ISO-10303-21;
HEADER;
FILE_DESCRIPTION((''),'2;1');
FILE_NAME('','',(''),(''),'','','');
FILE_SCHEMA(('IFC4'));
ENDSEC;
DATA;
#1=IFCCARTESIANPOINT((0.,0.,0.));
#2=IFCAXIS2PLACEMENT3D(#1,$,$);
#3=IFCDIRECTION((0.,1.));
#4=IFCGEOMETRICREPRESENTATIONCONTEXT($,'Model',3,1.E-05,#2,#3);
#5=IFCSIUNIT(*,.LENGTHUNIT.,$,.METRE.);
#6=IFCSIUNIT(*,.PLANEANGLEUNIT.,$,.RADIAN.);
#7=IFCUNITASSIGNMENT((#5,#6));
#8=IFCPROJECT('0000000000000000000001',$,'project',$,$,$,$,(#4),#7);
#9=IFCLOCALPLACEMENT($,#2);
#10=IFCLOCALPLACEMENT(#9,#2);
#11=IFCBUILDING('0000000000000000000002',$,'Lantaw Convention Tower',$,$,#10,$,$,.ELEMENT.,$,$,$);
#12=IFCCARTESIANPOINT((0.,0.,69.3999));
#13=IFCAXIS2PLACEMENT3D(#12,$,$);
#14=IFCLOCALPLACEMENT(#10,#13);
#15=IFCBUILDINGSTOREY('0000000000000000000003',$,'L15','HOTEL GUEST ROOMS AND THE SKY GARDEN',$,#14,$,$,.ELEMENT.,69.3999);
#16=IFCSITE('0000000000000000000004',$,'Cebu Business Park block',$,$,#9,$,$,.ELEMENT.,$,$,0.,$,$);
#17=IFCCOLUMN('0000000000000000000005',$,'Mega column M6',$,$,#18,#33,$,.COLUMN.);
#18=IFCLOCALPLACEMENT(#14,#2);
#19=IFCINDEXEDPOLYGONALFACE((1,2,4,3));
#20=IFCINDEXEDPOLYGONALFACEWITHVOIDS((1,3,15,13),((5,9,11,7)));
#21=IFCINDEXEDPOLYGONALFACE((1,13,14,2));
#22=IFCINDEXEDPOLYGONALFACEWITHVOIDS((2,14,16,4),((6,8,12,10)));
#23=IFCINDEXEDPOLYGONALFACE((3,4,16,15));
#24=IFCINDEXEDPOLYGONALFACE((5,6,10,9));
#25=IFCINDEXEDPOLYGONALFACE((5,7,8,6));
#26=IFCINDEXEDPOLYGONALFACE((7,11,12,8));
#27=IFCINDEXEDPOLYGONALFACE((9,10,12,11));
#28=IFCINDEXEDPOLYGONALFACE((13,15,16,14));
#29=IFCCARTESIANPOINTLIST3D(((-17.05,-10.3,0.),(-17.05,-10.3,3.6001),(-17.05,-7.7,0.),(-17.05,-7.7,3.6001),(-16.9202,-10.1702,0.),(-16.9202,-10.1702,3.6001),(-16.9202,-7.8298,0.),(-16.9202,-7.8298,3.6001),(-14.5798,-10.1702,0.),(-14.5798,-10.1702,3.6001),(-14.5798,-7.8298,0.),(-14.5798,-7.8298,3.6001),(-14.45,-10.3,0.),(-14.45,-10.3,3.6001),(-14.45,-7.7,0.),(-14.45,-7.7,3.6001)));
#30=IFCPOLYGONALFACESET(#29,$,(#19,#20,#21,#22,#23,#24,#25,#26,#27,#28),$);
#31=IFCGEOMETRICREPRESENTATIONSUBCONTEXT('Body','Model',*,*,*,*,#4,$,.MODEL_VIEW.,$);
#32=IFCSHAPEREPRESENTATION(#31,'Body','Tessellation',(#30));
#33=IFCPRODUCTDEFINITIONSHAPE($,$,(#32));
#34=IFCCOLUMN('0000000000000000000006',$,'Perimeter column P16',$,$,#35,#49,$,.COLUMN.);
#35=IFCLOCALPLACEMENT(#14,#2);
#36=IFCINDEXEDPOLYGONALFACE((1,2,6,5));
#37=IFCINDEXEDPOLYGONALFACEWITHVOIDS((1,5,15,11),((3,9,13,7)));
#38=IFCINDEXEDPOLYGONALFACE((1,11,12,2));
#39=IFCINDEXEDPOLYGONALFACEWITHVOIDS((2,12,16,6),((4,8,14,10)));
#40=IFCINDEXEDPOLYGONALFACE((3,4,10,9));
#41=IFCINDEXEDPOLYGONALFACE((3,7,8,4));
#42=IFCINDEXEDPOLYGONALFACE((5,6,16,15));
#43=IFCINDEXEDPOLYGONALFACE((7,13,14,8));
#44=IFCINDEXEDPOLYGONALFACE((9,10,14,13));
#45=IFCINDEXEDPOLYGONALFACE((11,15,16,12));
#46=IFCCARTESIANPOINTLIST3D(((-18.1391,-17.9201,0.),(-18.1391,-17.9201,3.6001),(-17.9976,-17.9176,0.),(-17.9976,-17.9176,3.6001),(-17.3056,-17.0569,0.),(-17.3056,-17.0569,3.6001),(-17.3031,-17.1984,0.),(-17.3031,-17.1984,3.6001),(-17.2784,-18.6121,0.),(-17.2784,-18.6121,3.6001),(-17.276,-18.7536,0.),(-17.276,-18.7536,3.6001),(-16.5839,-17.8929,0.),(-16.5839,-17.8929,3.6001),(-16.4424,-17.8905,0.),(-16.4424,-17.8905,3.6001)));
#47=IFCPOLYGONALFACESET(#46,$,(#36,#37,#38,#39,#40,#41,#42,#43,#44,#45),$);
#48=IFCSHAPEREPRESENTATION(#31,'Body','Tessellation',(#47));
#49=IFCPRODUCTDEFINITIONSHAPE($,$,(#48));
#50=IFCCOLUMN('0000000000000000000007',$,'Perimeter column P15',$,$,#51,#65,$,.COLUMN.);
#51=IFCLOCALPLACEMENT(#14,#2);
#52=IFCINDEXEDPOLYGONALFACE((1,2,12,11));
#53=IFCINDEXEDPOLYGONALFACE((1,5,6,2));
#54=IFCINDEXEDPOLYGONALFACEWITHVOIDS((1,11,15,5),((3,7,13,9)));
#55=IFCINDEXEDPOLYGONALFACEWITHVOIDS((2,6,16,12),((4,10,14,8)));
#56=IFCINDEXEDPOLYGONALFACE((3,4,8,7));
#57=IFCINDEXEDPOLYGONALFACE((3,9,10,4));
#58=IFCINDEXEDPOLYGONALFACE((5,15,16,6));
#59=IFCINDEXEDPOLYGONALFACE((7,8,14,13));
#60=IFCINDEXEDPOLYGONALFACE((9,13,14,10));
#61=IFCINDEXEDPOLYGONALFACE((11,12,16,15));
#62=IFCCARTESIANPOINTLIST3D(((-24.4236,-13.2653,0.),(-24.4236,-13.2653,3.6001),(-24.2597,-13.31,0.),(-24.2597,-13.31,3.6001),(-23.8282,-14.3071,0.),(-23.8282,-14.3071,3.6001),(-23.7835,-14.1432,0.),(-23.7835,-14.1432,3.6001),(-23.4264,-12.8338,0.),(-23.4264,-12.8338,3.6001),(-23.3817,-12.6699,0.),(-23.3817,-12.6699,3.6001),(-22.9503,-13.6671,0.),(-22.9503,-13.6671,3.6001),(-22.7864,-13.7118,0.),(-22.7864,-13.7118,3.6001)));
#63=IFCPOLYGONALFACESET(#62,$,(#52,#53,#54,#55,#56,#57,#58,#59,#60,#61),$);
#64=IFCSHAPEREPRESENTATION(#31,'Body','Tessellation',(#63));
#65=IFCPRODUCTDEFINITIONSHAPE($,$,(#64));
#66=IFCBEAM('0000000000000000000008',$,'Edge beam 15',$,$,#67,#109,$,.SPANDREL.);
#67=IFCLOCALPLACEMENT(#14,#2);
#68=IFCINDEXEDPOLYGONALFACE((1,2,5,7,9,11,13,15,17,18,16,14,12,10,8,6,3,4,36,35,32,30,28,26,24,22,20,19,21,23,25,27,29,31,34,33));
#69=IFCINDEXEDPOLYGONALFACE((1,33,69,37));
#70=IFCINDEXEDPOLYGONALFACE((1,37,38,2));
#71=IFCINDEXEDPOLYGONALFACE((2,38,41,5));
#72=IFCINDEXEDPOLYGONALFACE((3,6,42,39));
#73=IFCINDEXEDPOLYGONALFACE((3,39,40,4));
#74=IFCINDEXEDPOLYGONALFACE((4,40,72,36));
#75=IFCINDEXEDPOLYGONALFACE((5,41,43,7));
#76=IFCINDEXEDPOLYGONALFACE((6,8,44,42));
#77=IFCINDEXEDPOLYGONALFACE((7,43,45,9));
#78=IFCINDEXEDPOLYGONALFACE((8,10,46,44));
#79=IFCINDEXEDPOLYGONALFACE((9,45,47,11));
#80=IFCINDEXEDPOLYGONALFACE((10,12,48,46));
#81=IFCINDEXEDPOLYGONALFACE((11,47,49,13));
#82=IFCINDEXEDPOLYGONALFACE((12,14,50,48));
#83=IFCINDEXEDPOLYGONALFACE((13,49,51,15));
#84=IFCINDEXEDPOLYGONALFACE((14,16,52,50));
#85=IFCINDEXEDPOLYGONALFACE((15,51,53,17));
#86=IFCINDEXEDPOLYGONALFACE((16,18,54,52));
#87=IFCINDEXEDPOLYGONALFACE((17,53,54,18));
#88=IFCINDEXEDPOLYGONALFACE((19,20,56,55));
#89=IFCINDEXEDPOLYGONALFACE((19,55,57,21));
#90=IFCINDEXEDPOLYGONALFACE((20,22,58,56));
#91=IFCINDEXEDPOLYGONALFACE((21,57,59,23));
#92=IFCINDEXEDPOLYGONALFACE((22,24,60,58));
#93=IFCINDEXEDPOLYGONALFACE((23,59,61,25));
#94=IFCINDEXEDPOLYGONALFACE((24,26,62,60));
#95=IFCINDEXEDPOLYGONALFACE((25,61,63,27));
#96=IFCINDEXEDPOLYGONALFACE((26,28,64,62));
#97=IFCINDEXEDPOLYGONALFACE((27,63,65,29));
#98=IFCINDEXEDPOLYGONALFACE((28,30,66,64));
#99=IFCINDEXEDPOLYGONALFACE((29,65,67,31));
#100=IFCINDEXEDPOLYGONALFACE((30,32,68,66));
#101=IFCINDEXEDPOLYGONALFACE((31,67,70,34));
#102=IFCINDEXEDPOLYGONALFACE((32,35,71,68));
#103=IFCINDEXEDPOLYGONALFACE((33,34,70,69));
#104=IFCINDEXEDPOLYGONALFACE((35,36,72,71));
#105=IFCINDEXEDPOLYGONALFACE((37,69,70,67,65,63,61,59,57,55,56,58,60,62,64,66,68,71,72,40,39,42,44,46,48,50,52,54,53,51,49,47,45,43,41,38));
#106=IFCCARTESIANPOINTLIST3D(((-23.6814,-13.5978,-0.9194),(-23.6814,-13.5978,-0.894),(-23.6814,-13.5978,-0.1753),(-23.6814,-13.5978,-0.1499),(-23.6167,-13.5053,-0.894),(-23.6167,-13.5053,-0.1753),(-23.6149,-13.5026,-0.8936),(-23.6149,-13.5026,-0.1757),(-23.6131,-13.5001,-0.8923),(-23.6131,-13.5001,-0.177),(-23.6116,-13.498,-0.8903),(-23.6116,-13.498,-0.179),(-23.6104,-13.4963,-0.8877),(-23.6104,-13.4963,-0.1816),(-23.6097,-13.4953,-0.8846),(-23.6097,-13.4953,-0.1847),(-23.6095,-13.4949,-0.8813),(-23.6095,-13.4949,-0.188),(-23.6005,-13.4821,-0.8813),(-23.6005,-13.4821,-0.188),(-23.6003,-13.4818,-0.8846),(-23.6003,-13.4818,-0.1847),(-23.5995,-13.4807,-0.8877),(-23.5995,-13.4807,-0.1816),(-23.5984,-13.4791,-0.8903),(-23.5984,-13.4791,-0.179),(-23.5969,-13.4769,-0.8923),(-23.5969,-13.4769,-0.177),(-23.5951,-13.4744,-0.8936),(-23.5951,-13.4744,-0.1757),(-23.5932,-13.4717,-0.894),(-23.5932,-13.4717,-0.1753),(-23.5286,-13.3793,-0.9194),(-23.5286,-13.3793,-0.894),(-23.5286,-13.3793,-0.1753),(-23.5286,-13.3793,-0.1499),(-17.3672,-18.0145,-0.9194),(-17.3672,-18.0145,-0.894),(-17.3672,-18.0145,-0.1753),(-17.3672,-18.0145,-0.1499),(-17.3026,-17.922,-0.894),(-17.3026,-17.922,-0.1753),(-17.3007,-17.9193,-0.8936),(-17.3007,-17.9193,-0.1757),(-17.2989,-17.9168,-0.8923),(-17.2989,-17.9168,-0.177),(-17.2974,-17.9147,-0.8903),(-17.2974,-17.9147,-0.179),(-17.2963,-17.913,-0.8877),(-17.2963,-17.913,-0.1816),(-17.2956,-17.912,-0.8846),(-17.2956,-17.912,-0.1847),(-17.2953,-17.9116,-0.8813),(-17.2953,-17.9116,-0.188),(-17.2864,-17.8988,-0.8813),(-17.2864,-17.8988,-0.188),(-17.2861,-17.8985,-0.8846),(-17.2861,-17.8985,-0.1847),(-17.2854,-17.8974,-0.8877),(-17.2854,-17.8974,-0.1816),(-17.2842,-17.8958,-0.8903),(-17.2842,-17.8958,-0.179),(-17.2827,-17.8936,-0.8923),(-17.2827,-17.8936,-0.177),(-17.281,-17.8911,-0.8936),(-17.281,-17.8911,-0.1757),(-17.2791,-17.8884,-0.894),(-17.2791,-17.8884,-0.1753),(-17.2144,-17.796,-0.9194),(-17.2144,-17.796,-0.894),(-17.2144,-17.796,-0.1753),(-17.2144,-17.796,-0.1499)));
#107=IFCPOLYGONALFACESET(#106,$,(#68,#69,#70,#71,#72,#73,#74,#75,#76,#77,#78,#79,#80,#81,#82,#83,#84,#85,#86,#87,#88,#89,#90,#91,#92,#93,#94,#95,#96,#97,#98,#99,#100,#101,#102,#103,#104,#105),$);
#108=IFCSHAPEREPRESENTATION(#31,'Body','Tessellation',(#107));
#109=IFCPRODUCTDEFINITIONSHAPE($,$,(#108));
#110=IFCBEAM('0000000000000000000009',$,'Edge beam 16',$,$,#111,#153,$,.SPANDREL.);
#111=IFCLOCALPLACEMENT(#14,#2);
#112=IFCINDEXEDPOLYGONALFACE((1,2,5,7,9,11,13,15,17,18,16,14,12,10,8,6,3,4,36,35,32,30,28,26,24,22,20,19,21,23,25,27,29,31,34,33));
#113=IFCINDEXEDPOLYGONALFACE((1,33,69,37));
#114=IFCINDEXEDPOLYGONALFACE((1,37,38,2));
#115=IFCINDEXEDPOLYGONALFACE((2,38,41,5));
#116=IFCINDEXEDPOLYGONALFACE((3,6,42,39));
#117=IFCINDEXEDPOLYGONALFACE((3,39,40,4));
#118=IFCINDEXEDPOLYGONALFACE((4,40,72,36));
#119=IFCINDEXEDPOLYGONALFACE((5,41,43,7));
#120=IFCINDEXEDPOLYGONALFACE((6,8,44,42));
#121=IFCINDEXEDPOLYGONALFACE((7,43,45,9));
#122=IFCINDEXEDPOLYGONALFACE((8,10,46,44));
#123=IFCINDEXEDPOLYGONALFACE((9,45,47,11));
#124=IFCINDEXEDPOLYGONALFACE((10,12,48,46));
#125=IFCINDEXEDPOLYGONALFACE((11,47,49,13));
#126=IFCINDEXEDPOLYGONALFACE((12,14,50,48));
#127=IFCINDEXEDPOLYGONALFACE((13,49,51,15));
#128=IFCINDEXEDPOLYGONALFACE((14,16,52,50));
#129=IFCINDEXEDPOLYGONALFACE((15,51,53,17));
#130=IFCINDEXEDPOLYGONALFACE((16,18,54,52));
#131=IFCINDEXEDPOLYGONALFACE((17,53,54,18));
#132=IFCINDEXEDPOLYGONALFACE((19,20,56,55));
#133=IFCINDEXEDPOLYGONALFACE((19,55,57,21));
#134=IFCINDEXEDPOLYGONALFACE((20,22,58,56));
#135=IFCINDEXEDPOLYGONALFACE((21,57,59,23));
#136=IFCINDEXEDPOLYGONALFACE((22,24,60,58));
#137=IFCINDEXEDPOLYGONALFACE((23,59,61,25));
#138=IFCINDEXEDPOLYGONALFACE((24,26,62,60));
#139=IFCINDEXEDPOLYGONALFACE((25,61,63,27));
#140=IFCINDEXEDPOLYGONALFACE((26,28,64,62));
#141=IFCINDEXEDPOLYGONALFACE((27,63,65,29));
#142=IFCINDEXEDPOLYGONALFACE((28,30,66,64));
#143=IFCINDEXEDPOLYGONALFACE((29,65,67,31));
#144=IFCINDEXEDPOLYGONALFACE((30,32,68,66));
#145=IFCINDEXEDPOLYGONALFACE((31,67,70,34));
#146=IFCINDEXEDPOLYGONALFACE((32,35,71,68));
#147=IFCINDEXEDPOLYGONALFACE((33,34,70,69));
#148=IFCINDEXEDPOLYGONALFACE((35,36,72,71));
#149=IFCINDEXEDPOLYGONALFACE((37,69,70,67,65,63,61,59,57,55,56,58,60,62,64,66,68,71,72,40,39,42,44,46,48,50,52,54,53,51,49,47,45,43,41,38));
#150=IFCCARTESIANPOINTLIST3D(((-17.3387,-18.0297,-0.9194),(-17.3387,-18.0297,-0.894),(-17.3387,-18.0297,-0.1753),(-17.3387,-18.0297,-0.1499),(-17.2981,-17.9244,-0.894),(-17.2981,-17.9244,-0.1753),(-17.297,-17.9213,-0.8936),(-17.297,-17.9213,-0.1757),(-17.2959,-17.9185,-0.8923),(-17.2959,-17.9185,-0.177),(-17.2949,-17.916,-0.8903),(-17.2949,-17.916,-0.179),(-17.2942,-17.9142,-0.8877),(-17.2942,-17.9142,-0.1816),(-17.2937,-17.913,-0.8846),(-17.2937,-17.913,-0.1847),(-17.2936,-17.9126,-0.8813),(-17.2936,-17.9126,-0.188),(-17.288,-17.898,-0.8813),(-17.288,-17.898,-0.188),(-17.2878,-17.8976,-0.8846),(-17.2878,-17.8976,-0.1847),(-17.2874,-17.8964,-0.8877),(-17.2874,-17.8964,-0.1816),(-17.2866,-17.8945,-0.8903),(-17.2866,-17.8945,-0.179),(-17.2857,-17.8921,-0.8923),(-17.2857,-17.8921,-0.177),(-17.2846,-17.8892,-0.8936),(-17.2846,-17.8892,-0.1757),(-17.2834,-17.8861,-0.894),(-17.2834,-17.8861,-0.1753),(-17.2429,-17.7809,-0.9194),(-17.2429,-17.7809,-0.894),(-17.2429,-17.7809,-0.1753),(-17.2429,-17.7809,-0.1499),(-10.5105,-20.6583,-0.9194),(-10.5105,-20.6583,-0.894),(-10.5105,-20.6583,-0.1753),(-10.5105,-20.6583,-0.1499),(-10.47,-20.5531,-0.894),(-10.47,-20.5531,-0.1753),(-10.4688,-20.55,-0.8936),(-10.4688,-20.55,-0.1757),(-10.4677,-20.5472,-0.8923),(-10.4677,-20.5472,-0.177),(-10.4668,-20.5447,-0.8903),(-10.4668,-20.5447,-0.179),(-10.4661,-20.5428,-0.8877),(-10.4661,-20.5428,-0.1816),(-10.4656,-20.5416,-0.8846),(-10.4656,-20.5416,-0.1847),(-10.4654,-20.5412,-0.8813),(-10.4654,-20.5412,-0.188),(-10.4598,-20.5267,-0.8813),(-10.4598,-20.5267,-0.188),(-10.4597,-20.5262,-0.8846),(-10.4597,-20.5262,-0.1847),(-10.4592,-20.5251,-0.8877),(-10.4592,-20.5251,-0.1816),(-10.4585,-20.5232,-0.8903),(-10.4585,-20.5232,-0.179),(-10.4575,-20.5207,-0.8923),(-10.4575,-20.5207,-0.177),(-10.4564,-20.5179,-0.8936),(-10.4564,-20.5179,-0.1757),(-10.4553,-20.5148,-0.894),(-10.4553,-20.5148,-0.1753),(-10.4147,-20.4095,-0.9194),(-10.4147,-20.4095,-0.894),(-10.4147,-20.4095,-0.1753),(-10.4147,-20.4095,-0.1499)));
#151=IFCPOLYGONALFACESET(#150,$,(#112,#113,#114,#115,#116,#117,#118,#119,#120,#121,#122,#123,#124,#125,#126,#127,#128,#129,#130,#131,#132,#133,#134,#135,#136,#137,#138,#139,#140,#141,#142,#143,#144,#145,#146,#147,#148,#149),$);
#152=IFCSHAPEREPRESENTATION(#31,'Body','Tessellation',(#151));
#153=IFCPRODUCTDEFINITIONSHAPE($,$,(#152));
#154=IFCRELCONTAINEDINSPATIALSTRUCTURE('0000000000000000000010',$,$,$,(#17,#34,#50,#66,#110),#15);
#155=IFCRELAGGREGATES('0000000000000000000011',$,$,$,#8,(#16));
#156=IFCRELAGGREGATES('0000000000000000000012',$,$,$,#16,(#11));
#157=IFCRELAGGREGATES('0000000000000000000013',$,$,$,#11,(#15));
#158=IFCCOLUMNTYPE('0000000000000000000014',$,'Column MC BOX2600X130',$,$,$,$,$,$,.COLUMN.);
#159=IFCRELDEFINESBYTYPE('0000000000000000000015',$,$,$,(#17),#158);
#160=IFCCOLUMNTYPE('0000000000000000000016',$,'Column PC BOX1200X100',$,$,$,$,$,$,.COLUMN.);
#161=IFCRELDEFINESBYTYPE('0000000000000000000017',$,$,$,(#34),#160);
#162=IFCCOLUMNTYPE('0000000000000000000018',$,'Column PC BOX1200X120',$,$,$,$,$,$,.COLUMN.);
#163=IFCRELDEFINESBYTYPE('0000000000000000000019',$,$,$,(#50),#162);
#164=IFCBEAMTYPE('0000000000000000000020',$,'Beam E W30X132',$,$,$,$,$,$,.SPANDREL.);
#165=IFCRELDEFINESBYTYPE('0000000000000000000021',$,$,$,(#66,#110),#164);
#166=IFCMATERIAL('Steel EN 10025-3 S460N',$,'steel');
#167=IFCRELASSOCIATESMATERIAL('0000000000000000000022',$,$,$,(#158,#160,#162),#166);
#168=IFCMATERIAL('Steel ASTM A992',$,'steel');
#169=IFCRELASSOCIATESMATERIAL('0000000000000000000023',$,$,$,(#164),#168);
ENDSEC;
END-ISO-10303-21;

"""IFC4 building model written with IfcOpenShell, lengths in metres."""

from ifc_helpers import new_model, si_unit, direction, frame, origin, origin_2d, place, context, subcontext, project, spatial, rectangle, hollow_rectangle, i_section, extrude, material, material_profile, profile_set, type_object, element, save


model = new_model("IFC4")

# Units and contexts
model_context = context("Model", 3, precision=1e-05, world=origin(), true_north=direction((0.0, 1.0)))
body_context = subcontext(model_context, "Body", "Model", "MODEL_VIEW")
ifc_project = project(units=[si_unit("LENGTHUNIT", "METRE"), si_unit("PLANEANGLEUNIT", "RADIAN")], contexts=[model_context])

# Site, building, storey
site_placement = place(None, origin())
site = spatial("IfcSite", under=ifc_project, at=site_placement, Name="Cebu Business Park block", CompositionType="ELEMENT", RefElevation=0.0)
building_placement = place(site_placement, origin())
building = spatial("IfcBuilding", under=site, at=building_placement, Name="Lantaw Convention Tower", CompositionType="ELEMENT")
storey_placement = place(building_placement, frame((0.0, 0.0, 69.3999)))
storey = spatial("IfcBuildingStorey", under=building, at=storey_placement, Name="L15", Description="HOTEL GUEST ROOMS AND THE SKY GARDEN", CompositionType="ELEMENT", Elevation=69.3999)

# Columns
ifc_material_1 = material(Name="Steel EN 10025-3 S460N", Category="steel")
ifc_material_profile_1 = material_profile(ifc_material_1, hollow_rectangle(XDim=2.6001, YDim=2.6001, WallThickness=0.1299, at=origin_2d()), Name="BOX2600X130")
ifc_material_2 = material(Name="Concrete C60/75", Category="concrete")
ifc_material_profile_2 = material_profile(ifc_material_2, rectangle(XDim=2.3401, YDim=2.3401, at=origin_2d()), Name="Concrete fill of BOX2600X130")
ifc_profile_set_1 = profile_set([ifc_material_profile_1, ifc_material_profile_2], Name="Steel EN 10025-3 S460N")
column_type_1 = type_object("IfcColumnType", Name="Column MC BOX2600X130", PredefinedType="COLUMN", material=ifc_profile_set_1)
column_1_placement = place(storey_placement, frame((-15.75, -9.0, 0.0), z_axis=(0.0, 0.0, 1.0), x_axis=(1.0, 0.0, 0.0)))
element("IfcColumn", 1, at=column_1_placement, inside=storey, type_object=column_type_1, Name="Mega column M6", PredefinedType="COLUMN", context=body_context, shape_type="SweptSolid", body=[
    extrude(hollow_rectangle(XDim=2.6001, YDim=2.6001, WallThickness=0.1299, at=origin_2d()), origin(), (0.0, 0.0, 1.0), 3.6001),
])
ifc_material_profile_3 = material_profile(ifc_material_1, hollow_rectangle(XDim=1.2, YDim=1.2, WallThickness=0.1001, at=origin_2d()), Name="BOX1200X100")
ifc_material_profile_4 = material_profile(ifc_material_2, rectangle(XDim=1.0, YDim=1.0, at=origin_2d()), Name="Concrete fill of BOX1200X100")
ifc_profile_set_2 = profile_set([ifc_material_profile_3, ifc_material_profile_4], Name="Steel EN 10025-3 S460N")
column_type_2 = type_object("IfcColumnType", Name="Column PC BOX1200X100", PredefinedType="COLUMN", material=ifc_profile_set_2)
column_2_placement = place(storey_placement, frame((-17.2908, -17.9053, 0.0), z_axis=(0.0, 0.0, 1.0), x_axis=(0.694658, 0.71934, 0.0)))
element("IfcColumn", 2, at=column_2_placement, inside=storey, type_object=column_type_2, Name="Perimeter column P16", PredefinedType="COLUMN", context=body_context, shape_type="SweptSolid", body=[
    extrude(hollow_rectangle(XDim=1.2, YDim=1.2, WallThickness=0.1001, at=origin_2d()), origin(), (0.0, 0.0, 1.0), 3.6001),
])
ifc_material_profile_5 = material_profile(ifc_material_1, hollow_rectangle(XDim=1.2, YDim=1.2, WallThickness=0.1201, at=origin_2d()), Name="BOX1200X120")
ifc_material_profile_6 = material_profile(ifc_material_2, rectangle(XDim=0.96, YDim=0.96, at=origin_2d()), Name="Concrete fill of BOX1200X120")
ifc_profile_set_3 = profile_set([ifc_material_profile_5, ifc_material_profile_6], Name="Steel EN 10025-3 S460N")
column_type_3 = type_object("IfcColumnType", Name="Column PC BOX1200X120", PredefinedType="COLUMN", material=ifc_profile_set_3)
column_3_placement = place(storey_placement, frame((-23.605, -13.4885, 0.0), z_axis=(0.0, 0.0, 1.0), x_axis=(0.868243, 0.496139, 0.0)))
element("IfcColumn", 3, at=column_3_placement, inside=storey, type_object=column_type_3, Name="Perimeter column P15", PredefinedType="COLUMN", context=body_context, shape_type="SweptSolid", body=[
    extrude(hollow_rectangle(XDim=1.2, YDim=1.2, WallThickness=0.1201, at=origin_2d()), origin(), (0.0, 0.0, 1.0), 3.6001),
])

# Beams
ifc_material_3 = material(Name="Steel ASTM A992", Category="steel")
ifc_material_profile_7 = material_profile(ifc_material_3, i_section(OverallWidth=0.2666, OverallDepth=0.7695, WebThickness=0.0156, FlangeThickness=0.0254, FilletRadius=0.0127, at=origin_2d()), Name="W30X132")
ifc_profile_set_4 = profile_set([ifc_material_profile_7], Name="Steel ASTM A992")
beam_type_1 = type_object("IfcBeamType", Name="Beam E W30X132", PredefinedType="SPANDREL", material=ifc_profile_set_4)
beam_1_placement = place(storey_placement, frame((-23.605, -13.4885, -0.5347), z_axis=(0.819427, -0.573184, 0.0), x_axis=(0.573184, 0.819427, 0.0)))
element("IfcBeam", 4, at=beam_1_placement, inside=storey, type_object=beam_type_1, Name="Edge beam 15", PredefinedType="SPANDREL", context=body_context, shape_type="SweptSolid", body=[
    extrude(i_section(OverallWidth=0.2666, OverallDepth=0.7695, WebThickness=0.0156, FlangeThickness=0.0254, FilletRadius=0.0127, at=origin_2d()), origin(), (0.0, 0.0, 1.0), 7.7056),
])
beam_2_placement = place(storey_placement, frame((-17.2908, -17.9053, -0.5347), z_axis=(0.933233, -0.359272, 0.0), x_axis=(0.359272, 0.933233, 0.0)))
element("IfcBeam", 5, at=beam_2_placement, inside=storey, type_object=beam_type_1, Name="Edge beam 16", PredefinedType="SPANDREL", context=body_context, shape_type="SweptSolid", body=[
    extrude(i_section(OverallWidth=0.2666, OverallDepth=0.7695, WebThickness=0.0156, FlangeThickness=0.0254, FilletRadius=0.0127, at=origin_2d()), origin(), (0.0, 0.0, 1.0), 7.3167),
])

save(model, "model.ifc")
